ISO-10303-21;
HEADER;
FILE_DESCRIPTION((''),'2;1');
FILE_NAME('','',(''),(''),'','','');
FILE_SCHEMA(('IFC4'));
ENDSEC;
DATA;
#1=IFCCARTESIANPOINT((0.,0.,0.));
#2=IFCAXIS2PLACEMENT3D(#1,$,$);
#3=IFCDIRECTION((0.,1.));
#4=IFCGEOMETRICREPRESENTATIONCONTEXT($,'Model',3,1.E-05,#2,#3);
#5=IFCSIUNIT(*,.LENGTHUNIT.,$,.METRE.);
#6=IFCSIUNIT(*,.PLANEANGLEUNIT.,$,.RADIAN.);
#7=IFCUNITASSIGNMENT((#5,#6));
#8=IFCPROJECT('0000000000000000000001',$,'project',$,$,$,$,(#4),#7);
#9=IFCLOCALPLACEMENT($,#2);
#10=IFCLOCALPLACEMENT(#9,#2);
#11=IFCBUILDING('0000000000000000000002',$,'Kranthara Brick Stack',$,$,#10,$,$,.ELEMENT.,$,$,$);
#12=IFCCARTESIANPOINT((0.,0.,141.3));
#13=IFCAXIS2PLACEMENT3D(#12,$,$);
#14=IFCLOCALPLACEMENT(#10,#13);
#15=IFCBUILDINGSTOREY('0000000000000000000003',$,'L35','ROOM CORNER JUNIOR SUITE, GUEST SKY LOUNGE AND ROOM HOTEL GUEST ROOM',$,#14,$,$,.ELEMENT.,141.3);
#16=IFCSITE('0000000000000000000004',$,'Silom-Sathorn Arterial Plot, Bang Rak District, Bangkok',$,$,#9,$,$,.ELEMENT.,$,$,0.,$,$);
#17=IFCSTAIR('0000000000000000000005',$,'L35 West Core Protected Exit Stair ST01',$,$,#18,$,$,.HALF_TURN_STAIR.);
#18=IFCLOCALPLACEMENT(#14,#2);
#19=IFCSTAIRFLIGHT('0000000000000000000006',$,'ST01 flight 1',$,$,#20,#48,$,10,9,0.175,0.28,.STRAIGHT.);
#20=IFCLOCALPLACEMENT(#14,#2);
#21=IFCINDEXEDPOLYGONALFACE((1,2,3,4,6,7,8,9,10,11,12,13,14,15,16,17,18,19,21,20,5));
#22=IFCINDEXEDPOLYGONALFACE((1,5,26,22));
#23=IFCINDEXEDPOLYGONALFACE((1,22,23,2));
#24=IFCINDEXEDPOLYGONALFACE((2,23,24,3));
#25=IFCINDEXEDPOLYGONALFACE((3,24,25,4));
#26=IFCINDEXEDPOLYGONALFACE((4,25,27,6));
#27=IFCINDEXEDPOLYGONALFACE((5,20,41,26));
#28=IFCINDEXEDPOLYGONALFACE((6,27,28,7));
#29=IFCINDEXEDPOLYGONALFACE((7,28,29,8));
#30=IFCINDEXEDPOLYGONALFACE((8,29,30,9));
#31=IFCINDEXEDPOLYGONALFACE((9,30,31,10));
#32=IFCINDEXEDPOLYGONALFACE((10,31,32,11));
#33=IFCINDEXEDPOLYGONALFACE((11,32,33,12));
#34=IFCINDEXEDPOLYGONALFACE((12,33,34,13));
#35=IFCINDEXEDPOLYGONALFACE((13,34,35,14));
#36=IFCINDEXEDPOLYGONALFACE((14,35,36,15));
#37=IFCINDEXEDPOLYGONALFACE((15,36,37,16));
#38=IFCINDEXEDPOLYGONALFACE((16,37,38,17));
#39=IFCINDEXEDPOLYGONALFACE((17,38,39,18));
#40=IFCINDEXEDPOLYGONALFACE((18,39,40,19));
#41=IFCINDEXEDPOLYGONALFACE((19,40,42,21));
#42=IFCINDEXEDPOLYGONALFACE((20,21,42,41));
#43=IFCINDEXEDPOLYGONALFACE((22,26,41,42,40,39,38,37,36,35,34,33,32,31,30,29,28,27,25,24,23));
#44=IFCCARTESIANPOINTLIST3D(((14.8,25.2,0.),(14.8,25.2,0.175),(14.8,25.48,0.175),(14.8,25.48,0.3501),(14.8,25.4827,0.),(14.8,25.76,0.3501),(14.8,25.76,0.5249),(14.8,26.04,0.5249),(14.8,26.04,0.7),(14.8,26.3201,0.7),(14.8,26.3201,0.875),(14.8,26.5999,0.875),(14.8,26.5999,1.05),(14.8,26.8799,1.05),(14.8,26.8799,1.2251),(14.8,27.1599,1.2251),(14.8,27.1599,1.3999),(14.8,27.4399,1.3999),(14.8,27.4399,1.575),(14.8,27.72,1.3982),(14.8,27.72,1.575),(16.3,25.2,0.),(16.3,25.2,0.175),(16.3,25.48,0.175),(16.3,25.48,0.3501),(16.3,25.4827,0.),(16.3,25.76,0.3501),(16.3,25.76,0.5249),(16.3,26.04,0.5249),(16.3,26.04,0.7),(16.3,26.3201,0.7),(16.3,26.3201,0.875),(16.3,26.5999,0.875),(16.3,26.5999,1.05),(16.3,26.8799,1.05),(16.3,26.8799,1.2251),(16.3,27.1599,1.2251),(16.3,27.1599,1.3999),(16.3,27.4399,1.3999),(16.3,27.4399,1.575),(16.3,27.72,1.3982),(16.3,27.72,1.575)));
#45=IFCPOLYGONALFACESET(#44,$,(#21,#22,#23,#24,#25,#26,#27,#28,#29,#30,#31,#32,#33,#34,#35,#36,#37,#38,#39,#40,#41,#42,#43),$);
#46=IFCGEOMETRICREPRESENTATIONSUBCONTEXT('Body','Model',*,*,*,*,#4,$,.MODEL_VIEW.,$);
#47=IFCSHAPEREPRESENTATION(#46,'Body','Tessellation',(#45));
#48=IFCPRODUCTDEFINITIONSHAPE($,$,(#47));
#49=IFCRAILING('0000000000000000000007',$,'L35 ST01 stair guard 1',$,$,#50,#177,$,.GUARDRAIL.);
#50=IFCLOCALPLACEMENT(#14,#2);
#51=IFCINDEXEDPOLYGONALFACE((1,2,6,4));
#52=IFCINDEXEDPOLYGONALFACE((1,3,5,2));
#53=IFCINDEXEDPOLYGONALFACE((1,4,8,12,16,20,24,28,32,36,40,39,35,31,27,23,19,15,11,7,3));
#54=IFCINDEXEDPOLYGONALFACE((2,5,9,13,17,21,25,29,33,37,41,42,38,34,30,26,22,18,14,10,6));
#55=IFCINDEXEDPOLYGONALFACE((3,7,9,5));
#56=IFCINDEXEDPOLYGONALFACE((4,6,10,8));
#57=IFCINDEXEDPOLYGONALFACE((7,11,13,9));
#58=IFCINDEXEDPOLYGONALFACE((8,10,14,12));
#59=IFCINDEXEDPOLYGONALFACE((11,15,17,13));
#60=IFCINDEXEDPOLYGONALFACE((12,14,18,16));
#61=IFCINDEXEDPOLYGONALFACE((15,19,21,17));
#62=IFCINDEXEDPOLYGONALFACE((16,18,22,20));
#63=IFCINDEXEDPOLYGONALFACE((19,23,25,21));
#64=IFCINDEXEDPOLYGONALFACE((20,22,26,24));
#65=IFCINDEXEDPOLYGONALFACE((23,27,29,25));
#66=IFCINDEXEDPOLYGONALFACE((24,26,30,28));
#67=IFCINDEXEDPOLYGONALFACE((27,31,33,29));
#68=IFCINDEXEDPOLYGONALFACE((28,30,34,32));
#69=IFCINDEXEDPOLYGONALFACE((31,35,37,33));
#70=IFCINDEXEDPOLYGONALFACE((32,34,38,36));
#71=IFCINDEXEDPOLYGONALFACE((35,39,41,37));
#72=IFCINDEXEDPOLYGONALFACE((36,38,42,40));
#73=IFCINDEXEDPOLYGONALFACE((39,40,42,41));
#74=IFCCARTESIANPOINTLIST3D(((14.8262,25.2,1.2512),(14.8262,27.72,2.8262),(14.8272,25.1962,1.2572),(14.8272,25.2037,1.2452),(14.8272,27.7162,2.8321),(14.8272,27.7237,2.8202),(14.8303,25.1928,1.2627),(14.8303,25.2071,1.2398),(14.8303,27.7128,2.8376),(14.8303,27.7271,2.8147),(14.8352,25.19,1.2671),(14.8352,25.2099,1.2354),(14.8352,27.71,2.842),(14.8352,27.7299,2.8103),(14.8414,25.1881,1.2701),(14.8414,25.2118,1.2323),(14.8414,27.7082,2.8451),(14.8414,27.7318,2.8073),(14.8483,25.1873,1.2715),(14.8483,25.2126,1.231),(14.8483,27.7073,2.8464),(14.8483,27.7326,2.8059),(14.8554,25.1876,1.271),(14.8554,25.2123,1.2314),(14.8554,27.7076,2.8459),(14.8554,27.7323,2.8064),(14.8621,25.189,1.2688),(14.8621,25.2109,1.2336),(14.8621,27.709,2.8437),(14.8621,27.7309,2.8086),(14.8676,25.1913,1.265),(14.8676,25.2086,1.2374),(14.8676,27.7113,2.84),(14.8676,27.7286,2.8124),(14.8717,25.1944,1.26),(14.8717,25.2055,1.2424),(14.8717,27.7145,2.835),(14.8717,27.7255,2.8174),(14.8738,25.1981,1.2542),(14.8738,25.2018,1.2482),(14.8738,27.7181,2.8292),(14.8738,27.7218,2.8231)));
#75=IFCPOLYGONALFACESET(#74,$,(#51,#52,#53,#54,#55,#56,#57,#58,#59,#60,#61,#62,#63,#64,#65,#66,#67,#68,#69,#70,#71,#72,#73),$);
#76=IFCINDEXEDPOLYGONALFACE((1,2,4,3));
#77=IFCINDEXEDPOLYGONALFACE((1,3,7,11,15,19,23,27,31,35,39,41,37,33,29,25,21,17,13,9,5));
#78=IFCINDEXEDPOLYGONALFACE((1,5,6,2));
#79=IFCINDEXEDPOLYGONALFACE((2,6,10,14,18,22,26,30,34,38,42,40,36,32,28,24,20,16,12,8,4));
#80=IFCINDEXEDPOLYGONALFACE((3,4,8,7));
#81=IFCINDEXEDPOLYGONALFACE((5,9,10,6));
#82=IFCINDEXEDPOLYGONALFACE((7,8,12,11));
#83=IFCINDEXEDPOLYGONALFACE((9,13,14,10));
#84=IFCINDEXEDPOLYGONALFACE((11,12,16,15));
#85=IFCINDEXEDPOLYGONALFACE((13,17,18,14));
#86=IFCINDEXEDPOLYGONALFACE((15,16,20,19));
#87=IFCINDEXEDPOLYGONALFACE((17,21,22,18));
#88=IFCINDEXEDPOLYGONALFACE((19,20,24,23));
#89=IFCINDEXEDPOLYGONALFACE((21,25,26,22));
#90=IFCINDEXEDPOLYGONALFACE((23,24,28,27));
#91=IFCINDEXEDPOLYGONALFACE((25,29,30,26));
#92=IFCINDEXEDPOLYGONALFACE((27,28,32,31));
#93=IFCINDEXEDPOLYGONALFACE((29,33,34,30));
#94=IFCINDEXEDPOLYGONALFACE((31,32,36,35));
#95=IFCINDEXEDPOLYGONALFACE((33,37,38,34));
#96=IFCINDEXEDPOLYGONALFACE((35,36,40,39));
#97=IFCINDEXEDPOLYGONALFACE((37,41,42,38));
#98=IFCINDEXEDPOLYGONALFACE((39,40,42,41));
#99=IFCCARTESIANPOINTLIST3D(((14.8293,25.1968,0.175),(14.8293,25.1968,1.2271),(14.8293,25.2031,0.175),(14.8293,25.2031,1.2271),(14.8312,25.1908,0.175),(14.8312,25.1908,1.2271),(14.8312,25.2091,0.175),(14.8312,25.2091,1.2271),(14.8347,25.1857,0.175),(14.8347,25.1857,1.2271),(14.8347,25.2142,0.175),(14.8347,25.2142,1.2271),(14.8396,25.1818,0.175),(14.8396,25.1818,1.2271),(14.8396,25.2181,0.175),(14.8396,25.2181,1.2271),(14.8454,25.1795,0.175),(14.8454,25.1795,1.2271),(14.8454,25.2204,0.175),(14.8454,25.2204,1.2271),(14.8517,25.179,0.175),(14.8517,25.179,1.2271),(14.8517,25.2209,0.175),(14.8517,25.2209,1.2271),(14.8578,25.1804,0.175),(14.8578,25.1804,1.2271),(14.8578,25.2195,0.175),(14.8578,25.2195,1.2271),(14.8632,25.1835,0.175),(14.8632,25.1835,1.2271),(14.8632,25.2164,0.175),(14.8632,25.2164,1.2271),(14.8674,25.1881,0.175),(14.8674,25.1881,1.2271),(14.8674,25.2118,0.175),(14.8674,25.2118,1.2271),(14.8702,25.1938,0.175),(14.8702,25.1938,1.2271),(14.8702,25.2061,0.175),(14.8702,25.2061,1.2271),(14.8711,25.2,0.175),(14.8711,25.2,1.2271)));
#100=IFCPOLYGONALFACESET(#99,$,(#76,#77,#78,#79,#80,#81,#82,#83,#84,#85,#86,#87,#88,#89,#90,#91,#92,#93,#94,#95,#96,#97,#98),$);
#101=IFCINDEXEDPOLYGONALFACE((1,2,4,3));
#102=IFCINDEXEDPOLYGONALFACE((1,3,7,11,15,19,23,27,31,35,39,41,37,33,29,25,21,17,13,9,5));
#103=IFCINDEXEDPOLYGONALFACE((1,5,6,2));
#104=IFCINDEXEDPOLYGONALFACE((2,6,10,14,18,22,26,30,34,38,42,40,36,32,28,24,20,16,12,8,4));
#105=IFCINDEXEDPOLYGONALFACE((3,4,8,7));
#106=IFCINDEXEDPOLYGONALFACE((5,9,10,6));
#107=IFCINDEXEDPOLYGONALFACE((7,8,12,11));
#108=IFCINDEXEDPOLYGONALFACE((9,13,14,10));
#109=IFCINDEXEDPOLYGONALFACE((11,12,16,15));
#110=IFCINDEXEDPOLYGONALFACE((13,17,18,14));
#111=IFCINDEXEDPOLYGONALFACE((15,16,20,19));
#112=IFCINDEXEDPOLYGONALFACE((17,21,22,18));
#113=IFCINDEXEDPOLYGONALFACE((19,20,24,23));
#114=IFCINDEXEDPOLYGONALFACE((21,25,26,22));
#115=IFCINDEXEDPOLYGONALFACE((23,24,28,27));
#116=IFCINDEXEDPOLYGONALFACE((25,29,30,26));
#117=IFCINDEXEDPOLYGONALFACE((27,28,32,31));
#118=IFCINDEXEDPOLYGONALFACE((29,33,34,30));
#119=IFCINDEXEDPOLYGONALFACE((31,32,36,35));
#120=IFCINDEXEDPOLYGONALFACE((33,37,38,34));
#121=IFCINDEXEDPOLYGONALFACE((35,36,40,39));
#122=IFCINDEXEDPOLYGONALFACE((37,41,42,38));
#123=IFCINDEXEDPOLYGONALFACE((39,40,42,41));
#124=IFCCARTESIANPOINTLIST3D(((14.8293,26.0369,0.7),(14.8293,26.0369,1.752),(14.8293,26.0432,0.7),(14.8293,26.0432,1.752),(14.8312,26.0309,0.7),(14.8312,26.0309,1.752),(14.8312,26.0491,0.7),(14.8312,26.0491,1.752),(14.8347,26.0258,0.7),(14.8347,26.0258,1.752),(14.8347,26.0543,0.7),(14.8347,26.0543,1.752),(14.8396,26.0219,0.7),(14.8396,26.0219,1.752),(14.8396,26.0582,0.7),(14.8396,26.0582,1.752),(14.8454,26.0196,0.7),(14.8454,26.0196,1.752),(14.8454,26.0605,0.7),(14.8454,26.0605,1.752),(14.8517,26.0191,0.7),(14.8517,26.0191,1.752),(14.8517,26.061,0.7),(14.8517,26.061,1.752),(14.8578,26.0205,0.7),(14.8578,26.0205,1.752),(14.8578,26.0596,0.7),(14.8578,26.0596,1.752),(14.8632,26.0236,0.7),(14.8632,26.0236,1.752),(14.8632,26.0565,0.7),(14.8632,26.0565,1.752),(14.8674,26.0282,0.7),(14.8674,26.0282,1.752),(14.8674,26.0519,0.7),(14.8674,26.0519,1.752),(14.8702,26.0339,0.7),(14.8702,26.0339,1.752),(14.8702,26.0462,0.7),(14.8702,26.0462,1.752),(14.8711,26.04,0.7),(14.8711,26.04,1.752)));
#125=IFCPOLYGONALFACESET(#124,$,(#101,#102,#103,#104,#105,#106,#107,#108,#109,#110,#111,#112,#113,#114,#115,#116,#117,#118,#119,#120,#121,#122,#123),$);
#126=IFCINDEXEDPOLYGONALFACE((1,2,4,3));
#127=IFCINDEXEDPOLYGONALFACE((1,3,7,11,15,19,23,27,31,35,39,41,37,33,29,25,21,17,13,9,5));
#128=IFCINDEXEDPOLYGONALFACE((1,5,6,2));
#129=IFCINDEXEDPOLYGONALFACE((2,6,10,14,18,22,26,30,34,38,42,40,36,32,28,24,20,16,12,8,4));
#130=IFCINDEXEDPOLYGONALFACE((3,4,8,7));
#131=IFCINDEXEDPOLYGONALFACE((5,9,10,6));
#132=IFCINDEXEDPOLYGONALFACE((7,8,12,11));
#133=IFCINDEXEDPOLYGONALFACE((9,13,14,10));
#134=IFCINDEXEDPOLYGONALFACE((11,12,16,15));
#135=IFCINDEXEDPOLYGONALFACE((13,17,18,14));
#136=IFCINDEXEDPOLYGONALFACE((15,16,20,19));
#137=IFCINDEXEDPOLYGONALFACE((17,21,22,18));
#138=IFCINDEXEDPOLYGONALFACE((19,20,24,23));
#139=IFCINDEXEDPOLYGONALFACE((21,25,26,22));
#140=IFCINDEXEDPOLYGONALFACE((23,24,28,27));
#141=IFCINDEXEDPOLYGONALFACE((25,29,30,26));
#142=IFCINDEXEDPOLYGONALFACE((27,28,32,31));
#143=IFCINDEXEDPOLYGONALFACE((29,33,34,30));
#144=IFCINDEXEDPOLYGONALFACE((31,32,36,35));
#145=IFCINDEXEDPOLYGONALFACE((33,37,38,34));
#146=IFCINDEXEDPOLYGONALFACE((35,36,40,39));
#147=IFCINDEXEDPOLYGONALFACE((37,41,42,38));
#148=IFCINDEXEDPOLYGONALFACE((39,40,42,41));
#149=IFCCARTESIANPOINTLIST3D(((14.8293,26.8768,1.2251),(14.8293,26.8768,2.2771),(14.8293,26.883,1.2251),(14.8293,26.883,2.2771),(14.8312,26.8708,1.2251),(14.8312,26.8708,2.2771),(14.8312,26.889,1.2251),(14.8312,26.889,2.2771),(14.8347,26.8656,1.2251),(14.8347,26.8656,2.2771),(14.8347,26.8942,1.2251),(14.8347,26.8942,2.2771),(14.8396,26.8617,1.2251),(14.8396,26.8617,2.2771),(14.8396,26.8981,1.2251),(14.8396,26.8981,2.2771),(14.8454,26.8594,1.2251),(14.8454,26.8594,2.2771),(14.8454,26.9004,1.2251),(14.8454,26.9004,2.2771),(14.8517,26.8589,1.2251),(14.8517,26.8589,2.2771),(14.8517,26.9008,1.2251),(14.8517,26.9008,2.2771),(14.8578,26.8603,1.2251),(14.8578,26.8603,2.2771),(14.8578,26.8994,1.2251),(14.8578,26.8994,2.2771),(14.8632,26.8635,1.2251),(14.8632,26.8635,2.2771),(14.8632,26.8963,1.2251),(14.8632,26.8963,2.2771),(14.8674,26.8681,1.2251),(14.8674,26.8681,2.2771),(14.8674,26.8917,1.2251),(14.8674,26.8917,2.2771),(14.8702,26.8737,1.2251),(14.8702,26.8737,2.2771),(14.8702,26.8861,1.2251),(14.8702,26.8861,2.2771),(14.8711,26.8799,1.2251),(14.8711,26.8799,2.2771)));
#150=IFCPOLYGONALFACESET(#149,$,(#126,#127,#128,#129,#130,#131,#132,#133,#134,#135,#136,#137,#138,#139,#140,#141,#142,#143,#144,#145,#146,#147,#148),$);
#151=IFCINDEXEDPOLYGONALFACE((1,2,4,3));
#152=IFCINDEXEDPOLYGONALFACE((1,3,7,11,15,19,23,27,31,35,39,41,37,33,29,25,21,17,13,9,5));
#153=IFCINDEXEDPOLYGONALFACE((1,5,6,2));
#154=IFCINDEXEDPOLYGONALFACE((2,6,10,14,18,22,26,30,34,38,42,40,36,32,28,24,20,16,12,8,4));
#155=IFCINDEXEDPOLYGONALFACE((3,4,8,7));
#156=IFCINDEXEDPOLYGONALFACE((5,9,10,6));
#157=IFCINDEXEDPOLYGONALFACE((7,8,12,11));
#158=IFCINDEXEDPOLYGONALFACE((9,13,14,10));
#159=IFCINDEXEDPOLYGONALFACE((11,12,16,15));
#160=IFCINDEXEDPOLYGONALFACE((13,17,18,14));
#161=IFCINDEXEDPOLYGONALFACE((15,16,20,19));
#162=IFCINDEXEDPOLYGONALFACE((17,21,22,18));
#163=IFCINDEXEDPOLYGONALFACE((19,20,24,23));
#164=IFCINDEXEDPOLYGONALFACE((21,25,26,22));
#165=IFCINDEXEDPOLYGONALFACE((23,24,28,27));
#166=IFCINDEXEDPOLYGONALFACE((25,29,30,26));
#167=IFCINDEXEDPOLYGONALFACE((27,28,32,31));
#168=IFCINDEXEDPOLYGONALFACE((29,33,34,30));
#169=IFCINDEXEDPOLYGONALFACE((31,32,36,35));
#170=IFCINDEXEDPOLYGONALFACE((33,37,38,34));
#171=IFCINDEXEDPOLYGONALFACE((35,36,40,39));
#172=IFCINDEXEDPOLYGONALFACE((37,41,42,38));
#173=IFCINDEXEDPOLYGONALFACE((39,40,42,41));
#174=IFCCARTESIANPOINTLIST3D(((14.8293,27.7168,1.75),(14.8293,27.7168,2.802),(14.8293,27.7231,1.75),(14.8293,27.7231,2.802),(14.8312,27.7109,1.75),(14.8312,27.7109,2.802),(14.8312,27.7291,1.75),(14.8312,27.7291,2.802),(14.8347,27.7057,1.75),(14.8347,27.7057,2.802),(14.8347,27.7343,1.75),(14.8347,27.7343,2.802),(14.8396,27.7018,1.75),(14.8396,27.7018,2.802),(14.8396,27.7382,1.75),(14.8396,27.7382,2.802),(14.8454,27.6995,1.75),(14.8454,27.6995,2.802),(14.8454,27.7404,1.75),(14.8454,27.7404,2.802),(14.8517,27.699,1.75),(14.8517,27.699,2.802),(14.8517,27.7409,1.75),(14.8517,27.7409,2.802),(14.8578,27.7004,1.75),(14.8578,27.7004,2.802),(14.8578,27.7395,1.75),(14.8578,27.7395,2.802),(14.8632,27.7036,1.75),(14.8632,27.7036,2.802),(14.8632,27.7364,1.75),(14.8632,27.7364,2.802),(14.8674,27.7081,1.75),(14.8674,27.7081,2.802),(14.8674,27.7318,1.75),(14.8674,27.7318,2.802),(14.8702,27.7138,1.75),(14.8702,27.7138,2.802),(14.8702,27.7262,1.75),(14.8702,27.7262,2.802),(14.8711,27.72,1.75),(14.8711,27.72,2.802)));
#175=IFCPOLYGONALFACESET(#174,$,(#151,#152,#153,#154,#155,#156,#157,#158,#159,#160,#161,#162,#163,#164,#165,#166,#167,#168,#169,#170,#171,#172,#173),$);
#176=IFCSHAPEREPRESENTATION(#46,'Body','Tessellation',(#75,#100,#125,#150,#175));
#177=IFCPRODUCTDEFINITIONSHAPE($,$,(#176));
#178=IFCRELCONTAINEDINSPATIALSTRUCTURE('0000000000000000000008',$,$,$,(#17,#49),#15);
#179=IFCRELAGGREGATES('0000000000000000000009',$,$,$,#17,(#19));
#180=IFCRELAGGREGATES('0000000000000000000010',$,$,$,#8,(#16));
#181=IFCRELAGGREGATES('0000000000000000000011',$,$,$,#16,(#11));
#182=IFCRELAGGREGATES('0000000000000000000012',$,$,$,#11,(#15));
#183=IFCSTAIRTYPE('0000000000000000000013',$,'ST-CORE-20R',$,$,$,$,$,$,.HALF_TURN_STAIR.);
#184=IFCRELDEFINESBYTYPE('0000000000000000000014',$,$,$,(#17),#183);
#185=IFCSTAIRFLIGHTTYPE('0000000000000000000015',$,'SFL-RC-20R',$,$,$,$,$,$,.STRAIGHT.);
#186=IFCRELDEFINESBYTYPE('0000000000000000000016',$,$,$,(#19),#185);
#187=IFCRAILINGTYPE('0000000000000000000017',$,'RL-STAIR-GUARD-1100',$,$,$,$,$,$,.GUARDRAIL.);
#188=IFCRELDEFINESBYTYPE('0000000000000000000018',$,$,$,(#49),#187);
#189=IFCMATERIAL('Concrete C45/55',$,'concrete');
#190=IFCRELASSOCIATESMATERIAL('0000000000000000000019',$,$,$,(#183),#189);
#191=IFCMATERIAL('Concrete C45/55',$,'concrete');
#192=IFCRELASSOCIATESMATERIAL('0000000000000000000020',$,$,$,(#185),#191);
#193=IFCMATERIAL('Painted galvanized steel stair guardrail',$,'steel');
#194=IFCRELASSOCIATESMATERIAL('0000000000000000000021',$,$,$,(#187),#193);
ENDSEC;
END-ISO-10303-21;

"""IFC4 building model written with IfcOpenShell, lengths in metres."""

from ifc_helpers import new_model, si_unit, direction, frame, origin, origin_2d, place, context, subcontext, project, spatial, polyline, circle, outline, extrude, material, type_object, element, aggregate, save


model = new_model("IFC4")

# Units and contexts
model_context = context("Model", 3, precision=1e-05, world=origin(), true_north=direction((0.0, 1.0)))
body_context = subcontext(model_context, "Body", "Model", "MODEL_VIEW")
ifc_project = project(units=[si_unit("LENGTHUNIT", "METRE"), si_unit("PLANEANGLEUNIT", "RADIAN")], contexts=[model_context])

# Site, building, storey
site_placement = place(None, origin())
site = spatial("IfcSite", under=ifc_project, at=site_placement, Name="Silom-Sathorn Arterial Plot, Bang Rak District, Bangkok", CompositionType="ELEMENT", RefElevation=0.0)
building_placement = place(site_placement, origin())
building = spatial("IfcBuilding", under=site, at=building_placement, Name="Kranthara Brick Stack", CompositionType="ELEMENT")
storey_placement = place(building_placement, frame((0.0, 0.0, 141.3)))
storey = spatial("IfcBuildingStorey", under=building, at=storey_placement, Name="L35", Description="ROOM CORNER JUNIOR SUITE, GUEST SKY LOUNGE AND ROOM HOTEL GUEST ROOM", CompositionType="ELEMENT", Elevation=141.3)

# Stair, stair flight
ifc_material_1 = material(Name="Concrete C45/55", Category="concrete")
stair_type = type_object("IfcStairType", Name="ST-CORE-20R", PredefinedType="HALF_TURN_STAIR", material=ifc_material_1)
stair_placement = place(storey_placement, origin())
stair = element("IfcStair", 1, at=stair_placement, inside=storey, type_object=stair_type, Name="L35 West Core Protected Exit Stair ST01", PredefinedType="HALF_TURN_STAIR")
ifc_material_2 = material(Name="Concrete C45/55", Category="concrete")
stair_flight_type = type_object("IfcStairFlightType", Name="SFL-RC-20R", PredefinedType="STRAIGHT", material=ifc_material_2)
stair_flight_placement = place(storey_placement, frame((15.55, 25.2, 0.0), z_axis=(0.0, 0.0, 1.0), x_axis=(0.0, 1.0, 0.0)))
stair_flight = element("IfcStairFlight", 2, at=stair_flight_placement, type_object=stair_flight_type, Name="ST01 flight 1", NumberOfRisers=10, NumberOfTreads=9, PredefinedType="STRAIGHT", RiserHeight=0.175, TreadLength=0.28, context=body_context, shape_type="SweptSolid", body=[
    extrude(outline(polyline([(0.0, 0.0), (0.0, 0.175), (0.28, 0.175), (0.28, 0.3501), (0.5601, 0.3501), (0.5601, 0.5249), (0.8401, 0.5249), (0.8401, 0.7), (1.1201, 0.7), (1.1201, 0.875), (1.3999, 0.875), (1.3999, 1.05), (1.6799, 1.05), (1.6799, 1.2251), (1.96, 1.2251), (1.96, 1.3999), (2.24, 1.3999), (2.24, 1.575), (2.52, 1.575), (2.52, 1.75), (2.52, 1.3982), (0.2827, 0.0), (0.0, 0.0)])), frame((0.0, 0.75, 0.0), z_axis=(0.0, -1.0, 0.0), x_axis=(1.0, 0.0, 0.0)), (0.0, 0.0, 1.0), 1.5),
])
aggregate(stair, [stair_flight])

# Railing
ifc_material_3 = material(Name="Painted galvanized steel stair guardrail", Category="steel")
railing_type_1 = type_object("IfcRailingType", Name="RL-STAIR-GUARD-1100", PredefinedType="GUARDRAIL", material=ifc_material_3)
railing_1_placement = place(storey_placement, frame((14.8501, 25.2, 0.175)))
element("IfcRailing", 3, at=railing_1_placement, inside=storey, type_object=railing_type_1, Name="L35 ST01 stair guard 1", PredefinedType="GUARDRAIL", context=body_context, shape_type="SweptSolid", body=[
    extrude(circle(Radius=0.0239, at=origin_2d()), frame((0.0, 0.0, 1.0762), z_axis=(0.0, 0.848008, 0.529984), x_axis=(-1.0, 0.0, 0.0)), (0.0, 0.0, 1.0), 2.9717),
    extrude(circle(Radius=0.021, at=origin_2d()), origin(), (0.0, 0.0, 1.0), 1.052),
    extrude(circle(Radius=0.021, at=origin_2d()), frame((0.0, 0.8401, 0.5249)), (0.0, 0.0, 1.0), 1.052),
    extrude(circle(Radius=0.021, at=origin_2d()), frame((0.0, 1.6799, 1.05)), (0.0, 0.0, 1.0), 1.052),
    extrude(circle(Radius=0.021, at=origin_2d()), frame((0.0, 2.52, 1.575)), (0.0, 0.0, 1.0), 1.052),
])

save(model, "model.ifc")
